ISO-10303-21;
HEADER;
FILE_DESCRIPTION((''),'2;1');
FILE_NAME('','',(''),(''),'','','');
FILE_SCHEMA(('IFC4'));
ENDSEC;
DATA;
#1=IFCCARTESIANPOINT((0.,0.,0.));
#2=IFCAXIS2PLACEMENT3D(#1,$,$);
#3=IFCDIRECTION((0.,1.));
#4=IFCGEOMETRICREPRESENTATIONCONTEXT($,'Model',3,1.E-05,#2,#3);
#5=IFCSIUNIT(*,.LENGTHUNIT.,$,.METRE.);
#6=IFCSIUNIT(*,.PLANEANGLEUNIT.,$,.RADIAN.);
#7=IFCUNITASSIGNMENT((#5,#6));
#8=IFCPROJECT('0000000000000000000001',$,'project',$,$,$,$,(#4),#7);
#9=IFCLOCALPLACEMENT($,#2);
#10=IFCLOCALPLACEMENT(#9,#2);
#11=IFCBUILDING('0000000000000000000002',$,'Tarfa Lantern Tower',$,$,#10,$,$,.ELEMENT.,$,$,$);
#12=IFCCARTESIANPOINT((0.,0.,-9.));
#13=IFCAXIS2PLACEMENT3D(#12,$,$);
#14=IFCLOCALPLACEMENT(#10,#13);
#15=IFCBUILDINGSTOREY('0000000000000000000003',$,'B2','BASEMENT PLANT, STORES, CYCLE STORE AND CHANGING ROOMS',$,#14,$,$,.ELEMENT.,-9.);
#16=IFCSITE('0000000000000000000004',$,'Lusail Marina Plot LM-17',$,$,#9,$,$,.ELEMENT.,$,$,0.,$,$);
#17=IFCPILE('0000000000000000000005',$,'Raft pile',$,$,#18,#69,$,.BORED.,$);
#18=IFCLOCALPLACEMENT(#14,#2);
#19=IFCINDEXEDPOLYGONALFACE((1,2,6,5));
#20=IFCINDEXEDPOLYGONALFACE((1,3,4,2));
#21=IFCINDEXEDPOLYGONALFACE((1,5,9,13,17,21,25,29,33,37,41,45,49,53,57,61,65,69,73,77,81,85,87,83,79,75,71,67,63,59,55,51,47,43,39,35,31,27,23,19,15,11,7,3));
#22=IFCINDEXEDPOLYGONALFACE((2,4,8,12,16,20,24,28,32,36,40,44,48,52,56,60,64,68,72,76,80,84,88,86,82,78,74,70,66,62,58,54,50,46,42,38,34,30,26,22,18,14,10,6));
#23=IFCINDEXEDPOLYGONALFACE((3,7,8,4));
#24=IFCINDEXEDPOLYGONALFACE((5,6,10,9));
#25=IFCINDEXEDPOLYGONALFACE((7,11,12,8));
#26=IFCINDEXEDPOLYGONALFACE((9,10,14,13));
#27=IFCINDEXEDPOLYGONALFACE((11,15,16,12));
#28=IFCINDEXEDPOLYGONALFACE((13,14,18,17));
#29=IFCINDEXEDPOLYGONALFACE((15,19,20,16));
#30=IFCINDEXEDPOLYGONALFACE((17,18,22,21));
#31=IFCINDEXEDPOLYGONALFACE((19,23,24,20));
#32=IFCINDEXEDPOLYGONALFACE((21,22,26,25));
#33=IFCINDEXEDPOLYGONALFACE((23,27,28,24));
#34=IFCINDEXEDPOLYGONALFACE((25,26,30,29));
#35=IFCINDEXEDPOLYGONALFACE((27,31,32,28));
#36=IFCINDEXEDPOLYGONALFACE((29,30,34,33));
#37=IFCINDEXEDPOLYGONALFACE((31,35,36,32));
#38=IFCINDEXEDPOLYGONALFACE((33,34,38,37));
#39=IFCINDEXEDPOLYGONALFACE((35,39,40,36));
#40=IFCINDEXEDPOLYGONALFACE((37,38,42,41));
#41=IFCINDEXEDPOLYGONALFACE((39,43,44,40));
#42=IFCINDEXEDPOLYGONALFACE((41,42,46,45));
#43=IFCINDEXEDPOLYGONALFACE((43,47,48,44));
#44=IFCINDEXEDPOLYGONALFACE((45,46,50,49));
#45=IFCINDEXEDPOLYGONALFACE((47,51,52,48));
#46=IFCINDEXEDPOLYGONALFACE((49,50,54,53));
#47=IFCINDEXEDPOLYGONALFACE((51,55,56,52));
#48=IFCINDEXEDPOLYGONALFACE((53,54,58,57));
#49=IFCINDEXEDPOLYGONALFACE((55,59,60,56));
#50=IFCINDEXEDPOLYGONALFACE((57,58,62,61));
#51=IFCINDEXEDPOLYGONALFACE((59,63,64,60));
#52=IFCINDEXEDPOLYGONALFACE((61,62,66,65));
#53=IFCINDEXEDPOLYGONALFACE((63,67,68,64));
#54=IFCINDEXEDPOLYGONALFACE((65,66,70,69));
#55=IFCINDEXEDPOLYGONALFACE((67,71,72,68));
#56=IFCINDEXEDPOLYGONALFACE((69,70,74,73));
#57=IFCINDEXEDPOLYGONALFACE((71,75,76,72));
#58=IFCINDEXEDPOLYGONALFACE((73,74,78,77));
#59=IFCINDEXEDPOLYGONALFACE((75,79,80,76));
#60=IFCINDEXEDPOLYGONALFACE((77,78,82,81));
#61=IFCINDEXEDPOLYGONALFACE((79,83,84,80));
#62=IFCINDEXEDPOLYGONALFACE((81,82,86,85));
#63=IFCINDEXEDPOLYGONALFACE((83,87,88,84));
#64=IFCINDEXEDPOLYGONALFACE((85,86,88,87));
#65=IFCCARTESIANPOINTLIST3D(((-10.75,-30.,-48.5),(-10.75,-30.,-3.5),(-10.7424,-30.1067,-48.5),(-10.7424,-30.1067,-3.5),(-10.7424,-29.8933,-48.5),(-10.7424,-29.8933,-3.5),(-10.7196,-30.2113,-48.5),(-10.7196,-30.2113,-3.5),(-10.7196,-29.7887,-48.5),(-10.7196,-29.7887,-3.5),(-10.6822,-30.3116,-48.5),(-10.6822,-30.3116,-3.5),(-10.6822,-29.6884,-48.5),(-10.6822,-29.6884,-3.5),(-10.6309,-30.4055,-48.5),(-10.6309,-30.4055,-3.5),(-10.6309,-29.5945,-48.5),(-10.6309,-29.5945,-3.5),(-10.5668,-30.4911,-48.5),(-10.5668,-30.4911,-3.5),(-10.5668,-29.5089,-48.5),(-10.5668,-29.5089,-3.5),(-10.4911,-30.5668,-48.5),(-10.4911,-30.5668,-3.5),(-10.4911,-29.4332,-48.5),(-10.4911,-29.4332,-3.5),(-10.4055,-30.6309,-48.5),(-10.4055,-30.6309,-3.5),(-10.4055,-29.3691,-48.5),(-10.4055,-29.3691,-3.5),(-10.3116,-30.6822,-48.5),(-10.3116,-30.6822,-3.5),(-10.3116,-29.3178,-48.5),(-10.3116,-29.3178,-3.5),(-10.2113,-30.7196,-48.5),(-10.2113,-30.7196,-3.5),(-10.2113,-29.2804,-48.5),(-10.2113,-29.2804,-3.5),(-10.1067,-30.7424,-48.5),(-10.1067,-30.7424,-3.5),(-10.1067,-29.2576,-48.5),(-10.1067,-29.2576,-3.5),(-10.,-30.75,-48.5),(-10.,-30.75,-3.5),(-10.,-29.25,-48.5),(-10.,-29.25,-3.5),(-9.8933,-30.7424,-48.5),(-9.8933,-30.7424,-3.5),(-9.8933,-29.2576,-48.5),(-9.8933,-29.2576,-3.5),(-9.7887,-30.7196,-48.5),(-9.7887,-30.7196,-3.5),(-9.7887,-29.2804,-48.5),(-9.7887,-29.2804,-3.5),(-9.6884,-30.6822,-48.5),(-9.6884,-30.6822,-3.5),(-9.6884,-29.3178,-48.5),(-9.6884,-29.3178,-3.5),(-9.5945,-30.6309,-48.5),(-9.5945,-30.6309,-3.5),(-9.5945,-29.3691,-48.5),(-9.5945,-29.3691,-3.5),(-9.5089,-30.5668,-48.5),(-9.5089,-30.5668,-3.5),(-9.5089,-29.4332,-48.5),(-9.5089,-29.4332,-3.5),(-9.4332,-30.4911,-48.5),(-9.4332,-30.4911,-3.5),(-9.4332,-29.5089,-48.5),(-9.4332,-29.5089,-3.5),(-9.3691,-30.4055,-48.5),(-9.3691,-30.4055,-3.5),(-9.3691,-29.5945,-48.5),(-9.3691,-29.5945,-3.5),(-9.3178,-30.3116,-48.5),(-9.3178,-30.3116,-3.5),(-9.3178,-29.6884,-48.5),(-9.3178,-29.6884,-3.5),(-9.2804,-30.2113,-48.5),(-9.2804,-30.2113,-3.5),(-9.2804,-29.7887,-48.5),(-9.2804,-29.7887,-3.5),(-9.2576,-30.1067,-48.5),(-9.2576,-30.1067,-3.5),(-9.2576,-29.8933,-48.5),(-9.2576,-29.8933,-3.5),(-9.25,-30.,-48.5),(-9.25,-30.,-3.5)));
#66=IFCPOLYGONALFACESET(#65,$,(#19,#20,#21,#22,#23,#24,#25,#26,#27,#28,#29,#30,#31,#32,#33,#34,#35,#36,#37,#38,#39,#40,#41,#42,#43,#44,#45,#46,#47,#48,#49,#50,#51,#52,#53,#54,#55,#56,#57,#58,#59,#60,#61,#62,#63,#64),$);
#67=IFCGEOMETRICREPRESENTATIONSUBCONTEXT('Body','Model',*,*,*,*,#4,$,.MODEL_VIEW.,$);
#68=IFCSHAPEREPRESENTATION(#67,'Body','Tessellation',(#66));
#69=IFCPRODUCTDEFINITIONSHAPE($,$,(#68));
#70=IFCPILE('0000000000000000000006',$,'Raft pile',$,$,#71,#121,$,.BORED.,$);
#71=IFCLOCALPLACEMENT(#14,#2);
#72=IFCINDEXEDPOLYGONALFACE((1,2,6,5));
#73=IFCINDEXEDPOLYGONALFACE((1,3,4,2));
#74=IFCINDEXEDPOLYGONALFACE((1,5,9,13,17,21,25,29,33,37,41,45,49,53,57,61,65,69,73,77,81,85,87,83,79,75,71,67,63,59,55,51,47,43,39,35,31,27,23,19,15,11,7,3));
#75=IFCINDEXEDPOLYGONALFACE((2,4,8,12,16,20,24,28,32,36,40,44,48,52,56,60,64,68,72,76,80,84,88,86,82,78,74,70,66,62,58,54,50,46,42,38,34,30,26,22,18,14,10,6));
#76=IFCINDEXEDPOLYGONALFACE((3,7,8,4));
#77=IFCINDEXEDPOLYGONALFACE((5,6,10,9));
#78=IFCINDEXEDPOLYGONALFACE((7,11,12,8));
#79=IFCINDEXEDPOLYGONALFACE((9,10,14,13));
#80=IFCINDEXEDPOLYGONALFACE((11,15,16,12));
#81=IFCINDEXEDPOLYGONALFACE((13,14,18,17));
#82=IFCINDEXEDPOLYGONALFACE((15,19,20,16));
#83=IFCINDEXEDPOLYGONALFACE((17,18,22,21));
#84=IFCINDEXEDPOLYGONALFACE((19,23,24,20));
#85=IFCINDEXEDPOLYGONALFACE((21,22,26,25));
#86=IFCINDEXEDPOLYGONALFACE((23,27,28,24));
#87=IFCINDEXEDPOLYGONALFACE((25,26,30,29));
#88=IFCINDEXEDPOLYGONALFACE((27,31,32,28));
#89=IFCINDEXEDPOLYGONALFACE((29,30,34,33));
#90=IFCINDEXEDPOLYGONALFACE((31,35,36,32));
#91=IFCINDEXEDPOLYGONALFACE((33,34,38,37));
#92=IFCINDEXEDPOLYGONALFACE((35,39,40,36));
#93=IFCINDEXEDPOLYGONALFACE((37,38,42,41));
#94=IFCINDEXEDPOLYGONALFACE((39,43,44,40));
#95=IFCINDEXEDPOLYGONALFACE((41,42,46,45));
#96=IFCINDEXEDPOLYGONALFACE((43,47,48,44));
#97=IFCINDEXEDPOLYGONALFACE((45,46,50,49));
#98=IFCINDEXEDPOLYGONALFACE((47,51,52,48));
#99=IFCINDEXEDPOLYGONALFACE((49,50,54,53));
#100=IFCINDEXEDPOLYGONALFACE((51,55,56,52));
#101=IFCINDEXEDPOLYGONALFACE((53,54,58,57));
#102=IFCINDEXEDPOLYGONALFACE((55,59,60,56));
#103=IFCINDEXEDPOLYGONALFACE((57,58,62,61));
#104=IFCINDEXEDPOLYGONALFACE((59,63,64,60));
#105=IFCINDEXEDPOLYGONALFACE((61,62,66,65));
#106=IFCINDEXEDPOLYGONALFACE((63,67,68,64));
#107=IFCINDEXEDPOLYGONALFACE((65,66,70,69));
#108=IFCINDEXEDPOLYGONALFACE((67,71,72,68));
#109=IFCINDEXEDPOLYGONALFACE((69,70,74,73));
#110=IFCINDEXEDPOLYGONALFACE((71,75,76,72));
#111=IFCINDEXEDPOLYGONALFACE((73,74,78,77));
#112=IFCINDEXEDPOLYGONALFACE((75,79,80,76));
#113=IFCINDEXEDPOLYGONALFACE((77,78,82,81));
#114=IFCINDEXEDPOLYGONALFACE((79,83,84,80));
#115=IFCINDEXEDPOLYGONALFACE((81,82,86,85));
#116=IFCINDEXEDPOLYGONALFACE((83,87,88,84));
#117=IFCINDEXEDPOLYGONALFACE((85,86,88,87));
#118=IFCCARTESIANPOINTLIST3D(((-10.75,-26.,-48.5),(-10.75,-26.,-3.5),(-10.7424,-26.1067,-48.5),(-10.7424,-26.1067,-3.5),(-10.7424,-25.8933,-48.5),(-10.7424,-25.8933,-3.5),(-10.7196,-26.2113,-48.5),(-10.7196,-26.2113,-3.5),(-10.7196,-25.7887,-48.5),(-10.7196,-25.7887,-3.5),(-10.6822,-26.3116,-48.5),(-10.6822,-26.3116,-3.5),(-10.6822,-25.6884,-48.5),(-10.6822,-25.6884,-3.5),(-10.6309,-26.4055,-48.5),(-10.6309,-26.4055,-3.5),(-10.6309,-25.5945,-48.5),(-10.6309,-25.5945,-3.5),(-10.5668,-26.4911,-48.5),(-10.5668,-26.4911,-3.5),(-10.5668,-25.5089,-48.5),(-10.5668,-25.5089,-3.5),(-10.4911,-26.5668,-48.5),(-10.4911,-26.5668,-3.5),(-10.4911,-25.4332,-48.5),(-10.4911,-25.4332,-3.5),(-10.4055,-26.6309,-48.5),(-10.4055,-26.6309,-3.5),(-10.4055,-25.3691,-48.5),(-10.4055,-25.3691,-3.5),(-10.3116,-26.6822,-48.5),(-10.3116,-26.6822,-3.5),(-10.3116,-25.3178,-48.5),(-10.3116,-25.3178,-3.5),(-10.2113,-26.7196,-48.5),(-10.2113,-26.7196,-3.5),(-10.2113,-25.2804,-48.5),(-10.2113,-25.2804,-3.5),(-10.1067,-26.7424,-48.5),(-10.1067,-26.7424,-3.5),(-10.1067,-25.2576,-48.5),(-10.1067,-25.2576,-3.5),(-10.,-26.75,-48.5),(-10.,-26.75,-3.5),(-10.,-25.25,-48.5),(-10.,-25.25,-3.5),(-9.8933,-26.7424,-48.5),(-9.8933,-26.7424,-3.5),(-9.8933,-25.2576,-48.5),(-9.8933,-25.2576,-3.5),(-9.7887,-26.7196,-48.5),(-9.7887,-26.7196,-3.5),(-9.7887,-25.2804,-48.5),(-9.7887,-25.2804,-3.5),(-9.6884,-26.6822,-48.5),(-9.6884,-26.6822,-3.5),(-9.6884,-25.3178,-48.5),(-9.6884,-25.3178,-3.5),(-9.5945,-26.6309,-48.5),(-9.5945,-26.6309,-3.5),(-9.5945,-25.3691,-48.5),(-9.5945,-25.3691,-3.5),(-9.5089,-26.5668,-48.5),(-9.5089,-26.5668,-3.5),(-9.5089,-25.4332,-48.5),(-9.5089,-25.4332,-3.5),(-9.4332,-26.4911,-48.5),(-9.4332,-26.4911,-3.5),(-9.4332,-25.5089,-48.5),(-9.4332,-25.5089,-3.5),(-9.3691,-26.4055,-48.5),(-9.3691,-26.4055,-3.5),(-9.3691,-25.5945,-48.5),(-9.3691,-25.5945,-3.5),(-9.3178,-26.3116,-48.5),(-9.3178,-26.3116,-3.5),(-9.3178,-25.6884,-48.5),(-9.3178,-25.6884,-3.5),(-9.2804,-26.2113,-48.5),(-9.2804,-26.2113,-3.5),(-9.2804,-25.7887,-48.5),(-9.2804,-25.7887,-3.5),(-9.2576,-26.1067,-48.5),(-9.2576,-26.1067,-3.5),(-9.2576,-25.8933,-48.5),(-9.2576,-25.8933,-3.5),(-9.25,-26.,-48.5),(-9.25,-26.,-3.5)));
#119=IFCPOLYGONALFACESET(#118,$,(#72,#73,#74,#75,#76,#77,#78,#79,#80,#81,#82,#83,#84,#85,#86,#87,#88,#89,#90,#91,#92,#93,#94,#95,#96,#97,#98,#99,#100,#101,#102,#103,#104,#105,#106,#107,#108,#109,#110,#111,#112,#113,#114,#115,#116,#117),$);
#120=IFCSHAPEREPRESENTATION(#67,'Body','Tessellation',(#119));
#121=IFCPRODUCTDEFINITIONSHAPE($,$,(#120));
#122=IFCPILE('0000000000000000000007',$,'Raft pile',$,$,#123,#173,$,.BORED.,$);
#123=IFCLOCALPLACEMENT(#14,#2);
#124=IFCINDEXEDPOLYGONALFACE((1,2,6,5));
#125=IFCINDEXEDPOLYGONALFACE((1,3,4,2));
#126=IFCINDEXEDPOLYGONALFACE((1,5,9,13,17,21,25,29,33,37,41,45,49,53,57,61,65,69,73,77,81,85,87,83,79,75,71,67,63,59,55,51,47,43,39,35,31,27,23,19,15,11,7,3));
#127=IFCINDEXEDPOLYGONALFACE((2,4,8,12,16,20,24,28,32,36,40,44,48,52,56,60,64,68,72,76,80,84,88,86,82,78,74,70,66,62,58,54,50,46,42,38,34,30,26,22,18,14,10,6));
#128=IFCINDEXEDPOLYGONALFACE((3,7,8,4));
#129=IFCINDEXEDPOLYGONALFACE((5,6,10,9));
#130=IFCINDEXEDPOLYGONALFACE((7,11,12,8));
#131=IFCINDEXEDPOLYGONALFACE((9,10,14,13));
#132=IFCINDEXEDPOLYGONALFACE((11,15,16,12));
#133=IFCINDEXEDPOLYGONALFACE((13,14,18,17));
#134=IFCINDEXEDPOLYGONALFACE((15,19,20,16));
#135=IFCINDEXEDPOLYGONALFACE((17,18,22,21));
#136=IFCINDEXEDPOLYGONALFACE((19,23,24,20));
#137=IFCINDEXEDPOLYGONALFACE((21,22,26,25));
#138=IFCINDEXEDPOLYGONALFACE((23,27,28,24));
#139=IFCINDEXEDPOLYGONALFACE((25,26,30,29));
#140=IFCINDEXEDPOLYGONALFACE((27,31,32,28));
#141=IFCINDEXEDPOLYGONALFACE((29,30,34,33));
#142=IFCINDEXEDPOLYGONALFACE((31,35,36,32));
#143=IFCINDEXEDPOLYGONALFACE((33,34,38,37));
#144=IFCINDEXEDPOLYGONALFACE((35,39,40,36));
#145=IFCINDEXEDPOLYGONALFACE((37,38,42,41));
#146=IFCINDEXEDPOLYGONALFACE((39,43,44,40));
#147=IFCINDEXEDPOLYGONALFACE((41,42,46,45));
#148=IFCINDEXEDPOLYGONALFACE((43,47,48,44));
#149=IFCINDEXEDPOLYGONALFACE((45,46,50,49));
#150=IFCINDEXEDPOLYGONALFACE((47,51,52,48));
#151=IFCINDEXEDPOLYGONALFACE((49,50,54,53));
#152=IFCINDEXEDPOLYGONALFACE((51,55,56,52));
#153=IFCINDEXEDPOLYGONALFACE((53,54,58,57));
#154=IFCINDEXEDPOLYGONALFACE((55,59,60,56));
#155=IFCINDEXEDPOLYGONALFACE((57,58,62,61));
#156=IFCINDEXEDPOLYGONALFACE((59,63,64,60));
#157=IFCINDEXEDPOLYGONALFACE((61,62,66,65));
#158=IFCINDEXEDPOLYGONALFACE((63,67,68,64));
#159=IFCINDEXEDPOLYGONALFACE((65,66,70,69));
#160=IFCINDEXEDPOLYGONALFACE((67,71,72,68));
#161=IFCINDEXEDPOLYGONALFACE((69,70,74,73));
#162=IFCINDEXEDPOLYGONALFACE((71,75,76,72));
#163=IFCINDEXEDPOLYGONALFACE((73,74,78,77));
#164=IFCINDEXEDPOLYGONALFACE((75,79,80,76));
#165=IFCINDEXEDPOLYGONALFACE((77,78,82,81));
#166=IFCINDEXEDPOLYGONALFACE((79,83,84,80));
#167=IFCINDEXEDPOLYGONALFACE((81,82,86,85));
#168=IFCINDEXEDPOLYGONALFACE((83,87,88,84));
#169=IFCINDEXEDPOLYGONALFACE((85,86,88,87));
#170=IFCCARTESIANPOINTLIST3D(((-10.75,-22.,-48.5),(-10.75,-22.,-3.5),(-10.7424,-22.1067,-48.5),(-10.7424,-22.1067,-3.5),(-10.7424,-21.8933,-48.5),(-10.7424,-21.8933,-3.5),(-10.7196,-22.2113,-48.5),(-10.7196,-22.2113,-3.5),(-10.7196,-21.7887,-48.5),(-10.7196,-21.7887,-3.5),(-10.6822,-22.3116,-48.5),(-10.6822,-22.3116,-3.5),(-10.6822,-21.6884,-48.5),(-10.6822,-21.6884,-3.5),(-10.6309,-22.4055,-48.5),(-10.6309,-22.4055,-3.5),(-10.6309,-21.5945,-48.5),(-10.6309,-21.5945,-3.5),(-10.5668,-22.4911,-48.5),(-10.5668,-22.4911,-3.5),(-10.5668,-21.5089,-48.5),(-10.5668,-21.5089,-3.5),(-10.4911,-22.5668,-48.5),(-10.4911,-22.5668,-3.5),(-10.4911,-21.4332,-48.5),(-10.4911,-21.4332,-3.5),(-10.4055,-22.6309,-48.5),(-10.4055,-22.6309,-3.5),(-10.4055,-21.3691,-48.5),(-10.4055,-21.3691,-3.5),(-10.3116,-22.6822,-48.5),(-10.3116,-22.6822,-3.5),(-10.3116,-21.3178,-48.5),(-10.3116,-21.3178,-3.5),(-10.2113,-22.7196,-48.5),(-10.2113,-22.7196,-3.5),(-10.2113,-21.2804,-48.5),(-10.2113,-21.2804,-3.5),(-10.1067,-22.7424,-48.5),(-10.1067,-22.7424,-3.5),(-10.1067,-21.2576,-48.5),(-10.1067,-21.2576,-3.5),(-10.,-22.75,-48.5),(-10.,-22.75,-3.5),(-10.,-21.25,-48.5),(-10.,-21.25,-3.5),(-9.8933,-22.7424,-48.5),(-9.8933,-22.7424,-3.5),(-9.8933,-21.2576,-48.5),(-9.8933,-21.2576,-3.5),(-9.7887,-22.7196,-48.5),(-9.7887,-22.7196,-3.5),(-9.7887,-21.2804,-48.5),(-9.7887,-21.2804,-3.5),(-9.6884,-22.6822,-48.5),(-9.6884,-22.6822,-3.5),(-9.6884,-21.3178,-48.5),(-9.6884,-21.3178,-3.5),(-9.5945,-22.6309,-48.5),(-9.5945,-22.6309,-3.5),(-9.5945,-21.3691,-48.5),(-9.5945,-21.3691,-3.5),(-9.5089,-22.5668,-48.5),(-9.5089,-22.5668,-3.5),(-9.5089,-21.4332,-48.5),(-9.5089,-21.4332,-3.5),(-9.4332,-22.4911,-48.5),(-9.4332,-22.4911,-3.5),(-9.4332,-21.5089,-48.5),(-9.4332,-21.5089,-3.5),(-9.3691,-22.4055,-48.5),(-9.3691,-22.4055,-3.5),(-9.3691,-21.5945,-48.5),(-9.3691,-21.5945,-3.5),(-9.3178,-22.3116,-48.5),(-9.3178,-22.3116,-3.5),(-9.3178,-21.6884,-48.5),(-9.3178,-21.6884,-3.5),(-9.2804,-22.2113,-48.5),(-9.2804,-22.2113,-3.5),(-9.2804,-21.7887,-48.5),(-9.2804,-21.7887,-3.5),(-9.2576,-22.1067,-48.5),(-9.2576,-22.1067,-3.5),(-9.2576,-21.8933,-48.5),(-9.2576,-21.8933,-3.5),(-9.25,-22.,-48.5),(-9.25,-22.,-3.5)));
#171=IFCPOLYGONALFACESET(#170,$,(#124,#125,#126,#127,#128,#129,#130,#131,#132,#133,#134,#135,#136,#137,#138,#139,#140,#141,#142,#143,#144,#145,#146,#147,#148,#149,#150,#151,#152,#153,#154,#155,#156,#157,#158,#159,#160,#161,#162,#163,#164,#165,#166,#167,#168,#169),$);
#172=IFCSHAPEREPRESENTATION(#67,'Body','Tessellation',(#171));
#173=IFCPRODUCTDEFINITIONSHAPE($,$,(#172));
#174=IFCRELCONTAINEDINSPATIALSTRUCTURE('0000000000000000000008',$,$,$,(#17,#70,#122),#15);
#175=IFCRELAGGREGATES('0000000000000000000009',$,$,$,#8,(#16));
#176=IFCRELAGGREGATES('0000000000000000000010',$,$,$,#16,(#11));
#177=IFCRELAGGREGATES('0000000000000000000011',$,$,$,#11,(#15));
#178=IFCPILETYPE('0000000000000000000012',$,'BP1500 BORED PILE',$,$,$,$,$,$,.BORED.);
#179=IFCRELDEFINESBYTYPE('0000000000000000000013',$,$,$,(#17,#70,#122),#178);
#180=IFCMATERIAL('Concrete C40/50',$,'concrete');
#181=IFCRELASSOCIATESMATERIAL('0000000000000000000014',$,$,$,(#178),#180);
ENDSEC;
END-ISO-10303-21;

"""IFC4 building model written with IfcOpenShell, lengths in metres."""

from ifc_helpers import new_model, si_unit, direction, frame, origin, origin_2d, place, context, subcontext, project, spatial, circle, extrude, material, material_profile, profile_set, type_object, element, save


model = new_model("IFC4")

# Units and contexts
model_context = context("Model", 3, precision=1e-05, world=origin(), true_north=direction((0.0, 1.0)))
body_context = subcontext(model_context, "Body", "Model", "MODEL_VIEW")
ifc_project = project(units=[si_unit("LENGTHUNIT", "METRE"), si_unit("PLANEANGLEUNIT", "RADIAN")], contexts=[model_context])

# Site, building, storey
site_placement = place(None, origin())
site = spatial("IfcSite", under=ifc_project, at=site_placement, Name="Lusail Marina Plot LM-17", CompositionType="ELEMENT", RefElevation=0.0)
building_placement = place(site_placement, origin())
building = spatial("IfcBuilding", under=site, at=building_placement, Name="Tarfa Lantern Tower", CompositionType="ELEMENT")
storey_placement = place(building_placement, frame((0.0, 0.0, -9.0)))
storey = spatial("IfcBuildingStorey", under=building, at=storey_placement, Name="B2", Description="BASEMENT PLANT, STORES, CYCLE STORE AND CHANGING ROOMS", CompositionType="ELEMENT", Elevation=-9.0)

# Piles
ifc_material_1 = material(Name="Concrete C40/50", Category="concrete")
ifc_material_profile_1 = material_profile(ifc_material_1, circle(Radius=0.75, at=origin_2d()), Name="BORED PILE D1500")
ifc_profile_set_1 = profile_set([ifc_material_profile_1], Name="Concrete C40/50")
pile_type = type_object("IfcPileType", Name="BP1500 BORED PILE", PredefinedType="BORED", material=ifc_profile_set_1)
for number, where, z_axis, x_axis, name in (
    (1, (-10.0, -30.0, -3.5), (0.0, 0.0, -1.0), (1.0, 0.0, 0.0), "Raft pile"),
    (2, (-10.0, -26.0, -3.5), (0.0, 0.0, -1.0), (1.0, 0.0, 0.0), "Raft pile"),
    (3, (-10.0, -22.0, -3.5), (0.0, 0.0, -1.0), (1.0, 0.0, 0.0), "Raft pile"),
):
    element("IfcPile", number, at=place(storey_placement, frame(where, z_axis=z_axis, x_axis=x_axis)), inside=storey, type_object=pile_type, Name=name, PredefinedType="BORED", context=body_context, shape_type="SweptSolid", body=[
        extrude(circle(Radius=0.75, at=origin_2d()), origin(), (0.0, 0.0, 1.0), 45.0),
    ])

save(model, "model.ifc")
